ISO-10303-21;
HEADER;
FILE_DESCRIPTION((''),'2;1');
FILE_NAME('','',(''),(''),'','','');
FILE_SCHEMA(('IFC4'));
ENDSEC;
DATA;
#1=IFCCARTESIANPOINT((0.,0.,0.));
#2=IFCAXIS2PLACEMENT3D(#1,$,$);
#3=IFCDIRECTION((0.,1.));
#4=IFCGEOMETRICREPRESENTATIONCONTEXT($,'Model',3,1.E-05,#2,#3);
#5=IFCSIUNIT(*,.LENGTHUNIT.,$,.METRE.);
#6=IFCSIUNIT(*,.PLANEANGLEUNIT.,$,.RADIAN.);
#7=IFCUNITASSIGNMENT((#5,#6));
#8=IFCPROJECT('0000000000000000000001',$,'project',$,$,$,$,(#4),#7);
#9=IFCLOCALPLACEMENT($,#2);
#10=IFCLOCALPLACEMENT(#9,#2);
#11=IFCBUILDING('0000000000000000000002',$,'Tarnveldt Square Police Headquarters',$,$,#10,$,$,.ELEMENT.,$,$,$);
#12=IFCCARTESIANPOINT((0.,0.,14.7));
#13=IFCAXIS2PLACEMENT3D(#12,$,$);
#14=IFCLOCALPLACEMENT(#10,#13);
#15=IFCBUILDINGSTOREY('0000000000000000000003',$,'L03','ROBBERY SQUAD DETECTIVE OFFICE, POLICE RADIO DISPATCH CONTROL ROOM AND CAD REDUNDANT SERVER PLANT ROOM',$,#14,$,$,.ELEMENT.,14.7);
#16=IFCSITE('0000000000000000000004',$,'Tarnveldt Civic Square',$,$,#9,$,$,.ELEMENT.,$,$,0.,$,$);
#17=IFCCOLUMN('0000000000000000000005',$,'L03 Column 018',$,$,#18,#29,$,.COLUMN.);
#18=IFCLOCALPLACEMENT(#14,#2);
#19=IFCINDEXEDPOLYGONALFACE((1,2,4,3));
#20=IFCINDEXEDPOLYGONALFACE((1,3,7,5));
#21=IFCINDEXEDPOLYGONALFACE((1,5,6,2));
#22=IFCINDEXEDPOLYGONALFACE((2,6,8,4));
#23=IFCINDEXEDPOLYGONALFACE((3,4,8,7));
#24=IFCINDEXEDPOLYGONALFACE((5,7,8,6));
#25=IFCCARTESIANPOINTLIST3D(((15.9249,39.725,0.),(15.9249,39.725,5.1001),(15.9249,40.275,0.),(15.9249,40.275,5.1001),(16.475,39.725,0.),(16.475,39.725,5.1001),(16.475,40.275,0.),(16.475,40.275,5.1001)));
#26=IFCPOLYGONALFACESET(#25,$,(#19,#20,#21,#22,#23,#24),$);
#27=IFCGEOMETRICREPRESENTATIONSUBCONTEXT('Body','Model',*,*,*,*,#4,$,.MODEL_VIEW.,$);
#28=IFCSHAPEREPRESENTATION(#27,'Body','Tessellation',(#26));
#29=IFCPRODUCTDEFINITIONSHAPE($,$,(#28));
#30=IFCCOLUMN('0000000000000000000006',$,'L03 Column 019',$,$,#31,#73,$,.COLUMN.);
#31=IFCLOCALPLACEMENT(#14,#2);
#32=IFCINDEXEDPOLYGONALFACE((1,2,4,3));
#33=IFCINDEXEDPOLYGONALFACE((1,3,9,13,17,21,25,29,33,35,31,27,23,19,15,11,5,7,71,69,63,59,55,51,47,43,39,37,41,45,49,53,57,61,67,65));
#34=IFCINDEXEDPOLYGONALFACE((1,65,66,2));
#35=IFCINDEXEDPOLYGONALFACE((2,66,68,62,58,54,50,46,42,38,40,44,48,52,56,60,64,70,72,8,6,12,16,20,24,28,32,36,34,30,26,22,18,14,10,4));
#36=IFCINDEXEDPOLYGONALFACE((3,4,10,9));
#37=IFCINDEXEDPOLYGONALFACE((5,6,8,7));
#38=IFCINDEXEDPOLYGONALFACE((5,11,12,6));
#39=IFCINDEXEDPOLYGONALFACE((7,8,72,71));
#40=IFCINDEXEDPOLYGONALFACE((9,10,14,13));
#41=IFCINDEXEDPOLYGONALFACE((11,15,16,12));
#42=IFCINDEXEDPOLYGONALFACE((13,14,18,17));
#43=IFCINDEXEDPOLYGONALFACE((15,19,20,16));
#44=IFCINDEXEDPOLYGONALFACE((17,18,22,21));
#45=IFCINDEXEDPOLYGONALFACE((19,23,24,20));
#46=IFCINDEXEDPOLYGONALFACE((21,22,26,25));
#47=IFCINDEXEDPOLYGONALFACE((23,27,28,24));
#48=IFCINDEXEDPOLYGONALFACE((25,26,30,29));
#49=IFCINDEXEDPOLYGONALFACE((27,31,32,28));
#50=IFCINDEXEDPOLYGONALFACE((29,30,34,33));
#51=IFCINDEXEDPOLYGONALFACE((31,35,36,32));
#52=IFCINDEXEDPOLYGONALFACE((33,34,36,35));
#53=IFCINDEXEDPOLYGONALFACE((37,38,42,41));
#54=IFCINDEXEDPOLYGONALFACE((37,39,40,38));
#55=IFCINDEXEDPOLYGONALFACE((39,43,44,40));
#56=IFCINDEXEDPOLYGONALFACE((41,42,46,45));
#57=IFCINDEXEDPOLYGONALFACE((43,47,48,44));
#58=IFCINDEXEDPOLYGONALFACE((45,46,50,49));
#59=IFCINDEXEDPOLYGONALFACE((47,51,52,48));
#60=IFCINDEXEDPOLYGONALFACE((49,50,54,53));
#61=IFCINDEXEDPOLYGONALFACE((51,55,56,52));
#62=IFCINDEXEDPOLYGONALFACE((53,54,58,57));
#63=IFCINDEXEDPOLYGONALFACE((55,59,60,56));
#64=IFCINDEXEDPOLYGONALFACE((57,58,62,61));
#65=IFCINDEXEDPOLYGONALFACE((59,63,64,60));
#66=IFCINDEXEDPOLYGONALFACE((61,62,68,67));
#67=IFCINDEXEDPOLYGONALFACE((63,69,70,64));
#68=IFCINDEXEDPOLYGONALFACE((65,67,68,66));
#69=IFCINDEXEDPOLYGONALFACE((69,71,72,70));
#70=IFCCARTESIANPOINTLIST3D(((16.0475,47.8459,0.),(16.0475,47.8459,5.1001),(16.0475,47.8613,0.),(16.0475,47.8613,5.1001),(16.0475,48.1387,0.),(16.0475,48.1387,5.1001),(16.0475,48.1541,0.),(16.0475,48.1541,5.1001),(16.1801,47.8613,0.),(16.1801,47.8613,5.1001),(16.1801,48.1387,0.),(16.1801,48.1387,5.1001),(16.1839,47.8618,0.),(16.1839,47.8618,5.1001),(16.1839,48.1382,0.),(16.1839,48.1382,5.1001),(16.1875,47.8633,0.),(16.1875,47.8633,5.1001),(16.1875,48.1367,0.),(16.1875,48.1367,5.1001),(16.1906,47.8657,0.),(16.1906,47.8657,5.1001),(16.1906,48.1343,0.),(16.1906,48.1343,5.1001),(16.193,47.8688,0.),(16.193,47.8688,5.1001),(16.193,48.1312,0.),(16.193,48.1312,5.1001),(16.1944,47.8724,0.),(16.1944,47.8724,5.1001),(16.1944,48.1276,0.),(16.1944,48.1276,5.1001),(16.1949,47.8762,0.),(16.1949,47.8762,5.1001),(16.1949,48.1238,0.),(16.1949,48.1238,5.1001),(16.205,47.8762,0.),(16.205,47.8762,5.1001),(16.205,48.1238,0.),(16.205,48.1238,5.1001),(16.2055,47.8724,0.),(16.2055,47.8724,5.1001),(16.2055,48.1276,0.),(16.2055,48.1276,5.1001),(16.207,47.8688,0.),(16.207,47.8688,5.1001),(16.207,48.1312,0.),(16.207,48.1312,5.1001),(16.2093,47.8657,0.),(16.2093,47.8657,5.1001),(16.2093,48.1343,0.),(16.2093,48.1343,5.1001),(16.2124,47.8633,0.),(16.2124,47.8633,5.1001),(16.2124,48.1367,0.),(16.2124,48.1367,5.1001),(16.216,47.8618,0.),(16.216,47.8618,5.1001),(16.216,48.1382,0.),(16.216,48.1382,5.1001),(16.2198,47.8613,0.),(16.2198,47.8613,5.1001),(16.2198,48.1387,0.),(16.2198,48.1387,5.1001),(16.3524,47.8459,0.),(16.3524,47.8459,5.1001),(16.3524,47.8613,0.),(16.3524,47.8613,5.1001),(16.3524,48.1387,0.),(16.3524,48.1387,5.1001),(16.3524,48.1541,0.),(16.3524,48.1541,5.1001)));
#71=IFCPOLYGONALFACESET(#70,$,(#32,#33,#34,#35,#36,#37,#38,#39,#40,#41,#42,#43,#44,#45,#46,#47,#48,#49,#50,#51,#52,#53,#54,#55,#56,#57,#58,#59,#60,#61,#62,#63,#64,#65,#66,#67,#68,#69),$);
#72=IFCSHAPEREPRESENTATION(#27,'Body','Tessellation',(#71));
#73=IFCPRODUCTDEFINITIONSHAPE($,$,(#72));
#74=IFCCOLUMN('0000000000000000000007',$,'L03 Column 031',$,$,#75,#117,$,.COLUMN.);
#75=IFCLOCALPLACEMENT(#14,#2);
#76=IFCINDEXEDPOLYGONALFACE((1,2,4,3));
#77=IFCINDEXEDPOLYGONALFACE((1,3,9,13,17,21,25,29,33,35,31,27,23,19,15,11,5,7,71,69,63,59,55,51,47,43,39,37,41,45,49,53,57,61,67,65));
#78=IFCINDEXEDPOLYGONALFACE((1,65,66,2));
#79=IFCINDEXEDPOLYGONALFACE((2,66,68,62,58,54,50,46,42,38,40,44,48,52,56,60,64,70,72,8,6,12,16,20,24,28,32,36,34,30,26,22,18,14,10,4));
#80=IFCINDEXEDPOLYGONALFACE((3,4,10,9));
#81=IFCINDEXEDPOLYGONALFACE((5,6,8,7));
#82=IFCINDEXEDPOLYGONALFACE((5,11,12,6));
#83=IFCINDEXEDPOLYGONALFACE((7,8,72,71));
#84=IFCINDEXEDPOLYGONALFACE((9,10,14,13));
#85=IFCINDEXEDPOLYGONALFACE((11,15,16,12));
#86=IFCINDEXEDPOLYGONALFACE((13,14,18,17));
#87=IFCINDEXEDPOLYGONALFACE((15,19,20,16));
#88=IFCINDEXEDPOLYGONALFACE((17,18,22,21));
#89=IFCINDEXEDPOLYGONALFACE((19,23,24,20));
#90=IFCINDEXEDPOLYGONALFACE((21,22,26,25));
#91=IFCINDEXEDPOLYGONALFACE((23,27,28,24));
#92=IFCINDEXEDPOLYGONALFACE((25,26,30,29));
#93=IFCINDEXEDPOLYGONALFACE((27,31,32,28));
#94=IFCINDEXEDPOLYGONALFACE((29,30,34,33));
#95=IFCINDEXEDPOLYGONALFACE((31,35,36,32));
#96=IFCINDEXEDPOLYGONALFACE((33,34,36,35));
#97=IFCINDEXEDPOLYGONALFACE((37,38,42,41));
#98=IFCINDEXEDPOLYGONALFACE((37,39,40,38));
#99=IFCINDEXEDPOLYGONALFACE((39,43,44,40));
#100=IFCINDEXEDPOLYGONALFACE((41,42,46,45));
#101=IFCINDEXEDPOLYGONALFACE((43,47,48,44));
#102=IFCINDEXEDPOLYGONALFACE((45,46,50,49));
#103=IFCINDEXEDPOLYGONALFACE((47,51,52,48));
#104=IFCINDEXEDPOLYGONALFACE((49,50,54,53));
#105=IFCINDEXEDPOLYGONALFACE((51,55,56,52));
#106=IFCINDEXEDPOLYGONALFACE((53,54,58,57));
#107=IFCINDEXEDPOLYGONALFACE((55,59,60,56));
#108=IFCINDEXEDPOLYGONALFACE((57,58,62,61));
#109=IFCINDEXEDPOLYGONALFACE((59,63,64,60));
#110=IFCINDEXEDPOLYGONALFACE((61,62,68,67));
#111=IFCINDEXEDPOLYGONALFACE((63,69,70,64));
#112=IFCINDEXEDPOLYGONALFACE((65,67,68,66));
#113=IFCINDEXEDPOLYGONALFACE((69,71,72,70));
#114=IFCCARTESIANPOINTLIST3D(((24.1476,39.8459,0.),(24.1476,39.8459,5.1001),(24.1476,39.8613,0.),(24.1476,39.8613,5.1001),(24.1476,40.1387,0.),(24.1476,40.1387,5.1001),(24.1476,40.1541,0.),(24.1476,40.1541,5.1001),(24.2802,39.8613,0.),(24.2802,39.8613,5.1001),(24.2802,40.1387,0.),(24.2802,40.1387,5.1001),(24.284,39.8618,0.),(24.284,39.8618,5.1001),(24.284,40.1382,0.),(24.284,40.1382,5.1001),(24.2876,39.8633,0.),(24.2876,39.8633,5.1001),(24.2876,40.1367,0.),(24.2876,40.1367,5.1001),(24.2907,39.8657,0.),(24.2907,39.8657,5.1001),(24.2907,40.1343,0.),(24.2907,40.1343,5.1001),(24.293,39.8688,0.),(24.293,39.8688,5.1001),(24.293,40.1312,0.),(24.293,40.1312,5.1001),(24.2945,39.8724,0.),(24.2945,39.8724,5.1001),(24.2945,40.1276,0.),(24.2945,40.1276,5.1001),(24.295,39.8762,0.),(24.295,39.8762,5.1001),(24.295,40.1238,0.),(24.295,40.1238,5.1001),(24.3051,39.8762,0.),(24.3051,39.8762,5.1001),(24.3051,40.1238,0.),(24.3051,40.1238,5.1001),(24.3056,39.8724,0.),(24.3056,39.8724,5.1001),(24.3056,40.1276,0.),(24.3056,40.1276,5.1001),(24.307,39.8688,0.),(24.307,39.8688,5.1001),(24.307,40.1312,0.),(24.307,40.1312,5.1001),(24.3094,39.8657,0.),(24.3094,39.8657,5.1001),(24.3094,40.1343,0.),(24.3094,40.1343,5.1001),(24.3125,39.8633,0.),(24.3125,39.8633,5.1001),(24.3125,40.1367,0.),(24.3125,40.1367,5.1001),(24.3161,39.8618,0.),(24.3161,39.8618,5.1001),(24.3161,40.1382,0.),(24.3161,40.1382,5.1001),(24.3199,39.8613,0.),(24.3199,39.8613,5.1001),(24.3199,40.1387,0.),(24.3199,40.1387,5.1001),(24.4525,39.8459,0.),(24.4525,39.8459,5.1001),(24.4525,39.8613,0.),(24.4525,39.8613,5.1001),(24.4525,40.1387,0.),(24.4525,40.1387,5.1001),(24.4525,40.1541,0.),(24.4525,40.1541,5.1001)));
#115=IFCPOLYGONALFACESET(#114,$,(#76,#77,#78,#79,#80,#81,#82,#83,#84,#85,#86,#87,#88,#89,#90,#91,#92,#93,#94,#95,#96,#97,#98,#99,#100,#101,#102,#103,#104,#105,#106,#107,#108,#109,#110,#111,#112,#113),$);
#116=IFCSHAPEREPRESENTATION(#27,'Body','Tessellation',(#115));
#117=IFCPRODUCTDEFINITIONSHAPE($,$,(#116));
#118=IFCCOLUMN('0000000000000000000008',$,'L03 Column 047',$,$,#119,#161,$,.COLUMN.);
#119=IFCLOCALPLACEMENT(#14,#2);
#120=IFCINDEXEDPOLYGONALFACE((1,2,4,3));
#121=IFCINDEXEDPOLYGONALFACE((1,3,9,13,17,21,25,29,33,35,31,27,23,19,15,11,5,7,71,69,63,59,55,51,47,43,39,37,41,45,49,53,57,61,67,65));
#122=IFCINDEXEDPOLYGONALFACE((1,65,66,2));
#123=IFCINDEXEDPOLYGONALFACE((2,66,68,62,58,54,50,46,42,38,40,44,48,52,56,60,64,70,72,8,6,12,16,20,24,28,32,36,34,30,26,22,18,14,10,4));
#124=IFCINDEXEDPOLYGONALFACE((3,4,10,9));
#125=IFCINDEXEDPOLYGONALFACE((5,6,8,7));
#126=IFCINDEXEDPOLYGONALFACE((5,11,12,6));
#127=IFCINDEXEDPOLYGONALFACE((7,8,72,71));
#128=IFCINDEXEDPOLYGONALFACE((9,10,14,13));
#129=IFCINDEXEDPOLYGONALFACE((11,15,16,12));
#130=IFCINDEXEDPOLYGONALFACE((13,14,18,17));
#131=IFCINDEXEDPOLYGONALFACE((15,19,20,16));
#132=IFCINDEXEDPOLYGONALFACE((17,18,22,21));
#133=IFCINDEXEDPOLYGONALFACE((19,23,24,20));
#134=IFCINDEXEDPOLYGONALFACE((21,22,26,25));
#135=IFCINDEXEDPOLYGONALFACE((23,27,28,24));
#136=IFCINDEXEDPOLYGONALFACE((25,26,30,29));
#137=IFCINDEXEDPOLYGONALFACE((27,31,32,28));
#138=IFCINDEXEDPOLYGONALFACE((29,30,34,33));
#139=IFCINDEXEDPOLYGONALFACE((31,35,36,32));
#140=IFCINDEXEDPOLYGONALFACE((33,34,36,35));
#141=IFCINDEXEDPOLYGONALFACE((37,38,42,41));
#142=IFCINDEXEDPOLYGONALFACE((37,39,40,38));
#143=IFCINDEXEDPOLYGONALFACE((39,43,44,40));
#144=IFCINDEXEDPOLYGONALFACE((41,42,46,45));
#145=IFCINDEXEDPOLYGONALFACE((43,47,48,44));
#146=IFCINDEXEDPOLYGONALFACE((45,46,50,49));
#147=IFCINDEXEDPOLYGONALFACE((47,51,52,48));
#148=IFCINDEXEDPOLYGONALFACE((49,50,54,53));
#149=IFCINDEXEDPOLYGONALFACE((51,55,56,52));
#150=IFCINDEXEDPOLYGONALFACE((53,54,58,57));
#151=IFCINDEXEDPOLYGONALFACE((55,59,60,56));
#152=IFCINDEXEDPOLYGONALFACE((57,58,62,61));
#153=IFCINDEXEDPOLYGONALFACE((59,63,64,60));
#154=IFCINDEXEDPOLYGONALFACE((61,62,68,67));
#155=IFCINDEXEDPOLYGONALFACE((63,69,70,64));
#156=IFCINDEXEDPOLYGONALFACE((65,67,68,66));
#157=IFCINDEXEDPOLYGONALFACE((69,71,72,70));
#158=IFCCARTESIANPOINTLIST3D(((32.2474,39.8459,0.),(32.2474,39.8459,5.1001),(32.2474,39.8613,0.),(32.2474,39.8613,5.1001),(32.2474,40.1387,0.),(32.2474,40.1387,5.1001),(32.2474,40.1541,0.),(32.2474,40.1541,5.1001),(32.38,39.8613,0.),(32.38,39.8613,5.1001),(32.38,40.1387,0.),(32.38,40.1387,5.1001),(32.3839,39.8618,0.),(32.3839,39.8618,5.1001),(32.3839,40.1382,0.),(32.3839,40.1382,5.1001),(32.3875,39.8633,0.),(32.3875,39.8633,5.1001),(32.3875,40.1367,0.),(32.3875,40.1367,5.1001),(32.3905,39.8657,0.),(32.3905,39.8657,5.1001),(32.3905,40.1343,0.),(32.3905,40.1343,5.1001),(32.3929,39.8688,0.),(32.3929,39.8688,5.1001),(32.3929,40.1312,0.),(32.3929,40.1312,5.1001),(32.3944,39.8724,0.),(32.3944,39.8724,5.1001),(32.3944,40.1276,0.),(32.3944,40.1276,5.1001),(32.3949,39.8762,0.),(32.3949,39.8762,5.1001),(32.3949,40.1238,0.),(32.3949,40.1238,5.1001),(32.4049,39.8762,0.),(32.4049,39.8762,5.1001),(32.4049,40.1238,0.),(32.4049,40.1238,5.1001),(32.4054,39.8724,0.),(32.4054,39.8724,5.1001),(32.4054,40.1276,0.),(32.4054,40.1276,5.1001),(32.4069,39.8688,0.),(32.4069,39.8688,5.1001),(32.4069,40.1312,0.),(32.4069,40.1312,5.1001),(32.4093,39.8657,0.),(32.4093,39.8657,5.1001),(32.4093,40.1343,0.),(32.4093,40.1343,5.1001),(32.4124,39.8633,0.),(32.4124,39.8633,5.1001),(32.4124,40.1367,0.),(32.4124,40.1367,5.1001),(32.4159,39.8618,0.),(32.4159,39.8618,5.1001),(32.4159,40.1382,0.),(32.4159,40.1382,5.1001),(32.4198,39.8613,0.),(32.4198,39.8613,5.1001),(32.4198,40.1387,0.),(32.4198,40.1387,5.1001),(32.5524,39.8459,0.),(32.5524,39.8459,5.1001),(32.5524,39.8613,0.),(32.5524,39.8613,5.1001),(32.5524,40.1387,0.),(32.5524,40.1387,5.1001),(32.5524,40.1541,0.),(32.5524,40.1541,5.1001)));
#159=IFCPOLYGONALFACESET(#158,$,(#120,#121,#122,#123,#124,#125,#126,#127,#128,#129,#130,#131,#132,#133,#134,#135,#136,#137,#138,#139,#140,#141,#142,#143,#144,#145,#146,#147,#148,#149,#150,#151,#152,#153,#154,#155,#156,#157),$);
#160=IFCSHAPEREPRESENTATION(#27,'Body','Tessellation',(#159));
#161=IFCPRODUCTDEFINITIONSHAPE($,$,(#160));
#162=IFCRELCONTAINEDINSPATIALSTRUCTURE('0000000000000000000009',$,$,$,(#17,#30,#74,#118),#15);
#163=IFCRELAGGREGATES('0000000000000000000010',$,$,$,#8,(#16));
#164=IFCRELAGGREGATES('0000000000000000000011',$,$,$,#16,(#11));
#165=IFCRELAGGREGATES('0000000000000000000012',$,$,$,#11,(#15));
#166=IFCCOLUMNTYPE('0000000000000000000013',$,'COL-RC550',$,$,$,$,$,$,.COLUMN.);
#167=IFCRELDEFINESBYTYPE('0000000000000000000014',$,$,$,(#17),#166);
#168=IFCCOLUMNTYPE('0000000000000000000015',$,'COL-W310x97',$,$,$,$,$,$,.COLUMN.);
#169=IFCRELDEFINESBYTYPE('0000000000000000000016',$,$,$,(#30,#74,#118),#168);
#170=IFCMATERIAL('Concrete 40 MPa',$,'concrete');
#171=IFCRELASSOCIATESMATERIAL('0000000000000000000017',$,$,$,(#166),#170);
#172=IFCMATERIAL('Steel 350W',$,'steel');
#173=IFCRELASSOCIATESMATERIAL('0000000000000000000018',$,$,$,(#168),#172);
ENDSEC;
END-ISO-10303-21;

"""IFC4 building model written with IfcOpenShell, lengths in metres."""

from ifc_helpers import new_model, si_unit, direction, frame, origin, origin_2d, place, context, subcontext, project, spatial, rectangle, i_section, extrude, material, material_profile, profile_set, type_object, element, save


model = new_model("IFC4")

# Units and contexts
model_context = context("Model", 3, precision=1e-05, world=origin(), true_north=direction((0.0, 1.0)))
body_context = subcontext(model_context, "Body", "Model", "MODEL_VIEW")
ifc_project = project(units=[si_unit("LENGTHUNIT", "METRE"), si_unit("PLANEANGLEUNIT", "RADIAN")], contexts=[model_context])

# Site, building, storey
site_placement = place(None, origin())
site = spatial("IfcSite", under=ifc_project, at=site_placement, Name="Tarnveldt Civic Square", CompositionType="ELEMENT", RefElevation=0.0)
building_placement = place(site_placement, origin())
building = spatial("IfcBuilding", under=site, at=building_placement, Name="Tarnveldt Square Police Headquarters", CompositionType="ELEMENT")
storey_placement = place(building_placement, frame((0.0, 0.0, 14.7)))
storey = spatial("IfcBuildingStorey", under=building, at=storey_placement, Name="L03", Description="ROBBERY SQUAD DETECTIVE OFFICE, POLICE RADIO DISPATCH CONTROL ROOM AND CAD REDUNDANT SERVER PLANT ROOM", CompositionType="ELEMENT", Elevation=14.7)

# Columns
ifc_material_1 = material(Name="Concrete 40 MPa", Category="concrete")
ifc_material_profile_1 = material_profile(ifc_material_1, rectangle(XDim=0.55, YDim=0.55, at=origin_2d()), Name="RC-C550x550")
ifc_profile_set_1 = profile_set([ifc_material_profile_1], Name="Concrete 40 MPa")
column_type_1 = type_object("IfcColumnType", Name="COL-RC550", PredefinedType="COLUMN", material=ifc_profile_set_1)
column_1_placement = place(storey_placement, frame((16.2, 40.0, 0.0), z_axis=(0.0, 0.0, 1.0), x_axis=(1.0, 0.0, 0.0)))
element("IfcColumn", 1, at=column_1_placement, inside=storey, type_object=column_type_1, Name="L03 Column 018", PredefinedType="COLUMN", context=body_context, shape_type="SweptSolid", body=[
    extrude(rectangle(XDim=0.55, YDim=0.55, at=origin_2d()), origin(), (0.0, 0.0, 1.0), 5.1001),
])
ifc_material_2 = material(Name="Steel 350W", Category="steel")
ifc_material_profile_2 = material_profile(ifc_material_2, i_section(OverallWidth=0.3049, OverallDepth=0.3081, WebThickness=0.01, FlangeThickness=0.0154, FilletRadius=0.0149, at=origin_2d()), Name="W310x97")
ifc_profile_set_2 = profile_set([ifc_material_profile_2], Name="Steel 350W")
column_type_2 = type_object("IfcColumnType", Name="COL-W310x97", PredefinedType="COLUMN", material=ifc_profile_set_2)
for number, where, z_axis, x_axis, name in (
    (2, (16.2, 48.0, 0.0), (0.0, 0.0, 1.0), (1.0, 0.0, 0.0), "L03 Column 019"),
    (3, (24.3, 40.0, 0.0), (0.0, 0.0, 1.0), (1.0, 0.0, 0.0), "L03 Column 031"),
    (4, (32.3999, 40.0, 0.0), (0.0, 0.0, 1.0), (1.0, 0.0, 0.0), "L03 Column 047"),
):
    element("IfcColumn", number, at=place(storey_placement, frame(where, z_axis=z_axis, x_axis=x_axis)), inside=storey, type_object=column_type_2, Name=name, PredefinedType="COLUMN", context=body_context, shape_type="SweptSolid", body=[
        extrude(i_section(OverallWidth=0.3049, OverallDepth=0.3081, WebThickness=0.01, FlangeThickness=0.0154, FilletRadius=0.0149, at=origin_2d()), origin(), (0.0, 0.0, 1.0), 5.1001),
    ])

save(model, "model.ifc")
